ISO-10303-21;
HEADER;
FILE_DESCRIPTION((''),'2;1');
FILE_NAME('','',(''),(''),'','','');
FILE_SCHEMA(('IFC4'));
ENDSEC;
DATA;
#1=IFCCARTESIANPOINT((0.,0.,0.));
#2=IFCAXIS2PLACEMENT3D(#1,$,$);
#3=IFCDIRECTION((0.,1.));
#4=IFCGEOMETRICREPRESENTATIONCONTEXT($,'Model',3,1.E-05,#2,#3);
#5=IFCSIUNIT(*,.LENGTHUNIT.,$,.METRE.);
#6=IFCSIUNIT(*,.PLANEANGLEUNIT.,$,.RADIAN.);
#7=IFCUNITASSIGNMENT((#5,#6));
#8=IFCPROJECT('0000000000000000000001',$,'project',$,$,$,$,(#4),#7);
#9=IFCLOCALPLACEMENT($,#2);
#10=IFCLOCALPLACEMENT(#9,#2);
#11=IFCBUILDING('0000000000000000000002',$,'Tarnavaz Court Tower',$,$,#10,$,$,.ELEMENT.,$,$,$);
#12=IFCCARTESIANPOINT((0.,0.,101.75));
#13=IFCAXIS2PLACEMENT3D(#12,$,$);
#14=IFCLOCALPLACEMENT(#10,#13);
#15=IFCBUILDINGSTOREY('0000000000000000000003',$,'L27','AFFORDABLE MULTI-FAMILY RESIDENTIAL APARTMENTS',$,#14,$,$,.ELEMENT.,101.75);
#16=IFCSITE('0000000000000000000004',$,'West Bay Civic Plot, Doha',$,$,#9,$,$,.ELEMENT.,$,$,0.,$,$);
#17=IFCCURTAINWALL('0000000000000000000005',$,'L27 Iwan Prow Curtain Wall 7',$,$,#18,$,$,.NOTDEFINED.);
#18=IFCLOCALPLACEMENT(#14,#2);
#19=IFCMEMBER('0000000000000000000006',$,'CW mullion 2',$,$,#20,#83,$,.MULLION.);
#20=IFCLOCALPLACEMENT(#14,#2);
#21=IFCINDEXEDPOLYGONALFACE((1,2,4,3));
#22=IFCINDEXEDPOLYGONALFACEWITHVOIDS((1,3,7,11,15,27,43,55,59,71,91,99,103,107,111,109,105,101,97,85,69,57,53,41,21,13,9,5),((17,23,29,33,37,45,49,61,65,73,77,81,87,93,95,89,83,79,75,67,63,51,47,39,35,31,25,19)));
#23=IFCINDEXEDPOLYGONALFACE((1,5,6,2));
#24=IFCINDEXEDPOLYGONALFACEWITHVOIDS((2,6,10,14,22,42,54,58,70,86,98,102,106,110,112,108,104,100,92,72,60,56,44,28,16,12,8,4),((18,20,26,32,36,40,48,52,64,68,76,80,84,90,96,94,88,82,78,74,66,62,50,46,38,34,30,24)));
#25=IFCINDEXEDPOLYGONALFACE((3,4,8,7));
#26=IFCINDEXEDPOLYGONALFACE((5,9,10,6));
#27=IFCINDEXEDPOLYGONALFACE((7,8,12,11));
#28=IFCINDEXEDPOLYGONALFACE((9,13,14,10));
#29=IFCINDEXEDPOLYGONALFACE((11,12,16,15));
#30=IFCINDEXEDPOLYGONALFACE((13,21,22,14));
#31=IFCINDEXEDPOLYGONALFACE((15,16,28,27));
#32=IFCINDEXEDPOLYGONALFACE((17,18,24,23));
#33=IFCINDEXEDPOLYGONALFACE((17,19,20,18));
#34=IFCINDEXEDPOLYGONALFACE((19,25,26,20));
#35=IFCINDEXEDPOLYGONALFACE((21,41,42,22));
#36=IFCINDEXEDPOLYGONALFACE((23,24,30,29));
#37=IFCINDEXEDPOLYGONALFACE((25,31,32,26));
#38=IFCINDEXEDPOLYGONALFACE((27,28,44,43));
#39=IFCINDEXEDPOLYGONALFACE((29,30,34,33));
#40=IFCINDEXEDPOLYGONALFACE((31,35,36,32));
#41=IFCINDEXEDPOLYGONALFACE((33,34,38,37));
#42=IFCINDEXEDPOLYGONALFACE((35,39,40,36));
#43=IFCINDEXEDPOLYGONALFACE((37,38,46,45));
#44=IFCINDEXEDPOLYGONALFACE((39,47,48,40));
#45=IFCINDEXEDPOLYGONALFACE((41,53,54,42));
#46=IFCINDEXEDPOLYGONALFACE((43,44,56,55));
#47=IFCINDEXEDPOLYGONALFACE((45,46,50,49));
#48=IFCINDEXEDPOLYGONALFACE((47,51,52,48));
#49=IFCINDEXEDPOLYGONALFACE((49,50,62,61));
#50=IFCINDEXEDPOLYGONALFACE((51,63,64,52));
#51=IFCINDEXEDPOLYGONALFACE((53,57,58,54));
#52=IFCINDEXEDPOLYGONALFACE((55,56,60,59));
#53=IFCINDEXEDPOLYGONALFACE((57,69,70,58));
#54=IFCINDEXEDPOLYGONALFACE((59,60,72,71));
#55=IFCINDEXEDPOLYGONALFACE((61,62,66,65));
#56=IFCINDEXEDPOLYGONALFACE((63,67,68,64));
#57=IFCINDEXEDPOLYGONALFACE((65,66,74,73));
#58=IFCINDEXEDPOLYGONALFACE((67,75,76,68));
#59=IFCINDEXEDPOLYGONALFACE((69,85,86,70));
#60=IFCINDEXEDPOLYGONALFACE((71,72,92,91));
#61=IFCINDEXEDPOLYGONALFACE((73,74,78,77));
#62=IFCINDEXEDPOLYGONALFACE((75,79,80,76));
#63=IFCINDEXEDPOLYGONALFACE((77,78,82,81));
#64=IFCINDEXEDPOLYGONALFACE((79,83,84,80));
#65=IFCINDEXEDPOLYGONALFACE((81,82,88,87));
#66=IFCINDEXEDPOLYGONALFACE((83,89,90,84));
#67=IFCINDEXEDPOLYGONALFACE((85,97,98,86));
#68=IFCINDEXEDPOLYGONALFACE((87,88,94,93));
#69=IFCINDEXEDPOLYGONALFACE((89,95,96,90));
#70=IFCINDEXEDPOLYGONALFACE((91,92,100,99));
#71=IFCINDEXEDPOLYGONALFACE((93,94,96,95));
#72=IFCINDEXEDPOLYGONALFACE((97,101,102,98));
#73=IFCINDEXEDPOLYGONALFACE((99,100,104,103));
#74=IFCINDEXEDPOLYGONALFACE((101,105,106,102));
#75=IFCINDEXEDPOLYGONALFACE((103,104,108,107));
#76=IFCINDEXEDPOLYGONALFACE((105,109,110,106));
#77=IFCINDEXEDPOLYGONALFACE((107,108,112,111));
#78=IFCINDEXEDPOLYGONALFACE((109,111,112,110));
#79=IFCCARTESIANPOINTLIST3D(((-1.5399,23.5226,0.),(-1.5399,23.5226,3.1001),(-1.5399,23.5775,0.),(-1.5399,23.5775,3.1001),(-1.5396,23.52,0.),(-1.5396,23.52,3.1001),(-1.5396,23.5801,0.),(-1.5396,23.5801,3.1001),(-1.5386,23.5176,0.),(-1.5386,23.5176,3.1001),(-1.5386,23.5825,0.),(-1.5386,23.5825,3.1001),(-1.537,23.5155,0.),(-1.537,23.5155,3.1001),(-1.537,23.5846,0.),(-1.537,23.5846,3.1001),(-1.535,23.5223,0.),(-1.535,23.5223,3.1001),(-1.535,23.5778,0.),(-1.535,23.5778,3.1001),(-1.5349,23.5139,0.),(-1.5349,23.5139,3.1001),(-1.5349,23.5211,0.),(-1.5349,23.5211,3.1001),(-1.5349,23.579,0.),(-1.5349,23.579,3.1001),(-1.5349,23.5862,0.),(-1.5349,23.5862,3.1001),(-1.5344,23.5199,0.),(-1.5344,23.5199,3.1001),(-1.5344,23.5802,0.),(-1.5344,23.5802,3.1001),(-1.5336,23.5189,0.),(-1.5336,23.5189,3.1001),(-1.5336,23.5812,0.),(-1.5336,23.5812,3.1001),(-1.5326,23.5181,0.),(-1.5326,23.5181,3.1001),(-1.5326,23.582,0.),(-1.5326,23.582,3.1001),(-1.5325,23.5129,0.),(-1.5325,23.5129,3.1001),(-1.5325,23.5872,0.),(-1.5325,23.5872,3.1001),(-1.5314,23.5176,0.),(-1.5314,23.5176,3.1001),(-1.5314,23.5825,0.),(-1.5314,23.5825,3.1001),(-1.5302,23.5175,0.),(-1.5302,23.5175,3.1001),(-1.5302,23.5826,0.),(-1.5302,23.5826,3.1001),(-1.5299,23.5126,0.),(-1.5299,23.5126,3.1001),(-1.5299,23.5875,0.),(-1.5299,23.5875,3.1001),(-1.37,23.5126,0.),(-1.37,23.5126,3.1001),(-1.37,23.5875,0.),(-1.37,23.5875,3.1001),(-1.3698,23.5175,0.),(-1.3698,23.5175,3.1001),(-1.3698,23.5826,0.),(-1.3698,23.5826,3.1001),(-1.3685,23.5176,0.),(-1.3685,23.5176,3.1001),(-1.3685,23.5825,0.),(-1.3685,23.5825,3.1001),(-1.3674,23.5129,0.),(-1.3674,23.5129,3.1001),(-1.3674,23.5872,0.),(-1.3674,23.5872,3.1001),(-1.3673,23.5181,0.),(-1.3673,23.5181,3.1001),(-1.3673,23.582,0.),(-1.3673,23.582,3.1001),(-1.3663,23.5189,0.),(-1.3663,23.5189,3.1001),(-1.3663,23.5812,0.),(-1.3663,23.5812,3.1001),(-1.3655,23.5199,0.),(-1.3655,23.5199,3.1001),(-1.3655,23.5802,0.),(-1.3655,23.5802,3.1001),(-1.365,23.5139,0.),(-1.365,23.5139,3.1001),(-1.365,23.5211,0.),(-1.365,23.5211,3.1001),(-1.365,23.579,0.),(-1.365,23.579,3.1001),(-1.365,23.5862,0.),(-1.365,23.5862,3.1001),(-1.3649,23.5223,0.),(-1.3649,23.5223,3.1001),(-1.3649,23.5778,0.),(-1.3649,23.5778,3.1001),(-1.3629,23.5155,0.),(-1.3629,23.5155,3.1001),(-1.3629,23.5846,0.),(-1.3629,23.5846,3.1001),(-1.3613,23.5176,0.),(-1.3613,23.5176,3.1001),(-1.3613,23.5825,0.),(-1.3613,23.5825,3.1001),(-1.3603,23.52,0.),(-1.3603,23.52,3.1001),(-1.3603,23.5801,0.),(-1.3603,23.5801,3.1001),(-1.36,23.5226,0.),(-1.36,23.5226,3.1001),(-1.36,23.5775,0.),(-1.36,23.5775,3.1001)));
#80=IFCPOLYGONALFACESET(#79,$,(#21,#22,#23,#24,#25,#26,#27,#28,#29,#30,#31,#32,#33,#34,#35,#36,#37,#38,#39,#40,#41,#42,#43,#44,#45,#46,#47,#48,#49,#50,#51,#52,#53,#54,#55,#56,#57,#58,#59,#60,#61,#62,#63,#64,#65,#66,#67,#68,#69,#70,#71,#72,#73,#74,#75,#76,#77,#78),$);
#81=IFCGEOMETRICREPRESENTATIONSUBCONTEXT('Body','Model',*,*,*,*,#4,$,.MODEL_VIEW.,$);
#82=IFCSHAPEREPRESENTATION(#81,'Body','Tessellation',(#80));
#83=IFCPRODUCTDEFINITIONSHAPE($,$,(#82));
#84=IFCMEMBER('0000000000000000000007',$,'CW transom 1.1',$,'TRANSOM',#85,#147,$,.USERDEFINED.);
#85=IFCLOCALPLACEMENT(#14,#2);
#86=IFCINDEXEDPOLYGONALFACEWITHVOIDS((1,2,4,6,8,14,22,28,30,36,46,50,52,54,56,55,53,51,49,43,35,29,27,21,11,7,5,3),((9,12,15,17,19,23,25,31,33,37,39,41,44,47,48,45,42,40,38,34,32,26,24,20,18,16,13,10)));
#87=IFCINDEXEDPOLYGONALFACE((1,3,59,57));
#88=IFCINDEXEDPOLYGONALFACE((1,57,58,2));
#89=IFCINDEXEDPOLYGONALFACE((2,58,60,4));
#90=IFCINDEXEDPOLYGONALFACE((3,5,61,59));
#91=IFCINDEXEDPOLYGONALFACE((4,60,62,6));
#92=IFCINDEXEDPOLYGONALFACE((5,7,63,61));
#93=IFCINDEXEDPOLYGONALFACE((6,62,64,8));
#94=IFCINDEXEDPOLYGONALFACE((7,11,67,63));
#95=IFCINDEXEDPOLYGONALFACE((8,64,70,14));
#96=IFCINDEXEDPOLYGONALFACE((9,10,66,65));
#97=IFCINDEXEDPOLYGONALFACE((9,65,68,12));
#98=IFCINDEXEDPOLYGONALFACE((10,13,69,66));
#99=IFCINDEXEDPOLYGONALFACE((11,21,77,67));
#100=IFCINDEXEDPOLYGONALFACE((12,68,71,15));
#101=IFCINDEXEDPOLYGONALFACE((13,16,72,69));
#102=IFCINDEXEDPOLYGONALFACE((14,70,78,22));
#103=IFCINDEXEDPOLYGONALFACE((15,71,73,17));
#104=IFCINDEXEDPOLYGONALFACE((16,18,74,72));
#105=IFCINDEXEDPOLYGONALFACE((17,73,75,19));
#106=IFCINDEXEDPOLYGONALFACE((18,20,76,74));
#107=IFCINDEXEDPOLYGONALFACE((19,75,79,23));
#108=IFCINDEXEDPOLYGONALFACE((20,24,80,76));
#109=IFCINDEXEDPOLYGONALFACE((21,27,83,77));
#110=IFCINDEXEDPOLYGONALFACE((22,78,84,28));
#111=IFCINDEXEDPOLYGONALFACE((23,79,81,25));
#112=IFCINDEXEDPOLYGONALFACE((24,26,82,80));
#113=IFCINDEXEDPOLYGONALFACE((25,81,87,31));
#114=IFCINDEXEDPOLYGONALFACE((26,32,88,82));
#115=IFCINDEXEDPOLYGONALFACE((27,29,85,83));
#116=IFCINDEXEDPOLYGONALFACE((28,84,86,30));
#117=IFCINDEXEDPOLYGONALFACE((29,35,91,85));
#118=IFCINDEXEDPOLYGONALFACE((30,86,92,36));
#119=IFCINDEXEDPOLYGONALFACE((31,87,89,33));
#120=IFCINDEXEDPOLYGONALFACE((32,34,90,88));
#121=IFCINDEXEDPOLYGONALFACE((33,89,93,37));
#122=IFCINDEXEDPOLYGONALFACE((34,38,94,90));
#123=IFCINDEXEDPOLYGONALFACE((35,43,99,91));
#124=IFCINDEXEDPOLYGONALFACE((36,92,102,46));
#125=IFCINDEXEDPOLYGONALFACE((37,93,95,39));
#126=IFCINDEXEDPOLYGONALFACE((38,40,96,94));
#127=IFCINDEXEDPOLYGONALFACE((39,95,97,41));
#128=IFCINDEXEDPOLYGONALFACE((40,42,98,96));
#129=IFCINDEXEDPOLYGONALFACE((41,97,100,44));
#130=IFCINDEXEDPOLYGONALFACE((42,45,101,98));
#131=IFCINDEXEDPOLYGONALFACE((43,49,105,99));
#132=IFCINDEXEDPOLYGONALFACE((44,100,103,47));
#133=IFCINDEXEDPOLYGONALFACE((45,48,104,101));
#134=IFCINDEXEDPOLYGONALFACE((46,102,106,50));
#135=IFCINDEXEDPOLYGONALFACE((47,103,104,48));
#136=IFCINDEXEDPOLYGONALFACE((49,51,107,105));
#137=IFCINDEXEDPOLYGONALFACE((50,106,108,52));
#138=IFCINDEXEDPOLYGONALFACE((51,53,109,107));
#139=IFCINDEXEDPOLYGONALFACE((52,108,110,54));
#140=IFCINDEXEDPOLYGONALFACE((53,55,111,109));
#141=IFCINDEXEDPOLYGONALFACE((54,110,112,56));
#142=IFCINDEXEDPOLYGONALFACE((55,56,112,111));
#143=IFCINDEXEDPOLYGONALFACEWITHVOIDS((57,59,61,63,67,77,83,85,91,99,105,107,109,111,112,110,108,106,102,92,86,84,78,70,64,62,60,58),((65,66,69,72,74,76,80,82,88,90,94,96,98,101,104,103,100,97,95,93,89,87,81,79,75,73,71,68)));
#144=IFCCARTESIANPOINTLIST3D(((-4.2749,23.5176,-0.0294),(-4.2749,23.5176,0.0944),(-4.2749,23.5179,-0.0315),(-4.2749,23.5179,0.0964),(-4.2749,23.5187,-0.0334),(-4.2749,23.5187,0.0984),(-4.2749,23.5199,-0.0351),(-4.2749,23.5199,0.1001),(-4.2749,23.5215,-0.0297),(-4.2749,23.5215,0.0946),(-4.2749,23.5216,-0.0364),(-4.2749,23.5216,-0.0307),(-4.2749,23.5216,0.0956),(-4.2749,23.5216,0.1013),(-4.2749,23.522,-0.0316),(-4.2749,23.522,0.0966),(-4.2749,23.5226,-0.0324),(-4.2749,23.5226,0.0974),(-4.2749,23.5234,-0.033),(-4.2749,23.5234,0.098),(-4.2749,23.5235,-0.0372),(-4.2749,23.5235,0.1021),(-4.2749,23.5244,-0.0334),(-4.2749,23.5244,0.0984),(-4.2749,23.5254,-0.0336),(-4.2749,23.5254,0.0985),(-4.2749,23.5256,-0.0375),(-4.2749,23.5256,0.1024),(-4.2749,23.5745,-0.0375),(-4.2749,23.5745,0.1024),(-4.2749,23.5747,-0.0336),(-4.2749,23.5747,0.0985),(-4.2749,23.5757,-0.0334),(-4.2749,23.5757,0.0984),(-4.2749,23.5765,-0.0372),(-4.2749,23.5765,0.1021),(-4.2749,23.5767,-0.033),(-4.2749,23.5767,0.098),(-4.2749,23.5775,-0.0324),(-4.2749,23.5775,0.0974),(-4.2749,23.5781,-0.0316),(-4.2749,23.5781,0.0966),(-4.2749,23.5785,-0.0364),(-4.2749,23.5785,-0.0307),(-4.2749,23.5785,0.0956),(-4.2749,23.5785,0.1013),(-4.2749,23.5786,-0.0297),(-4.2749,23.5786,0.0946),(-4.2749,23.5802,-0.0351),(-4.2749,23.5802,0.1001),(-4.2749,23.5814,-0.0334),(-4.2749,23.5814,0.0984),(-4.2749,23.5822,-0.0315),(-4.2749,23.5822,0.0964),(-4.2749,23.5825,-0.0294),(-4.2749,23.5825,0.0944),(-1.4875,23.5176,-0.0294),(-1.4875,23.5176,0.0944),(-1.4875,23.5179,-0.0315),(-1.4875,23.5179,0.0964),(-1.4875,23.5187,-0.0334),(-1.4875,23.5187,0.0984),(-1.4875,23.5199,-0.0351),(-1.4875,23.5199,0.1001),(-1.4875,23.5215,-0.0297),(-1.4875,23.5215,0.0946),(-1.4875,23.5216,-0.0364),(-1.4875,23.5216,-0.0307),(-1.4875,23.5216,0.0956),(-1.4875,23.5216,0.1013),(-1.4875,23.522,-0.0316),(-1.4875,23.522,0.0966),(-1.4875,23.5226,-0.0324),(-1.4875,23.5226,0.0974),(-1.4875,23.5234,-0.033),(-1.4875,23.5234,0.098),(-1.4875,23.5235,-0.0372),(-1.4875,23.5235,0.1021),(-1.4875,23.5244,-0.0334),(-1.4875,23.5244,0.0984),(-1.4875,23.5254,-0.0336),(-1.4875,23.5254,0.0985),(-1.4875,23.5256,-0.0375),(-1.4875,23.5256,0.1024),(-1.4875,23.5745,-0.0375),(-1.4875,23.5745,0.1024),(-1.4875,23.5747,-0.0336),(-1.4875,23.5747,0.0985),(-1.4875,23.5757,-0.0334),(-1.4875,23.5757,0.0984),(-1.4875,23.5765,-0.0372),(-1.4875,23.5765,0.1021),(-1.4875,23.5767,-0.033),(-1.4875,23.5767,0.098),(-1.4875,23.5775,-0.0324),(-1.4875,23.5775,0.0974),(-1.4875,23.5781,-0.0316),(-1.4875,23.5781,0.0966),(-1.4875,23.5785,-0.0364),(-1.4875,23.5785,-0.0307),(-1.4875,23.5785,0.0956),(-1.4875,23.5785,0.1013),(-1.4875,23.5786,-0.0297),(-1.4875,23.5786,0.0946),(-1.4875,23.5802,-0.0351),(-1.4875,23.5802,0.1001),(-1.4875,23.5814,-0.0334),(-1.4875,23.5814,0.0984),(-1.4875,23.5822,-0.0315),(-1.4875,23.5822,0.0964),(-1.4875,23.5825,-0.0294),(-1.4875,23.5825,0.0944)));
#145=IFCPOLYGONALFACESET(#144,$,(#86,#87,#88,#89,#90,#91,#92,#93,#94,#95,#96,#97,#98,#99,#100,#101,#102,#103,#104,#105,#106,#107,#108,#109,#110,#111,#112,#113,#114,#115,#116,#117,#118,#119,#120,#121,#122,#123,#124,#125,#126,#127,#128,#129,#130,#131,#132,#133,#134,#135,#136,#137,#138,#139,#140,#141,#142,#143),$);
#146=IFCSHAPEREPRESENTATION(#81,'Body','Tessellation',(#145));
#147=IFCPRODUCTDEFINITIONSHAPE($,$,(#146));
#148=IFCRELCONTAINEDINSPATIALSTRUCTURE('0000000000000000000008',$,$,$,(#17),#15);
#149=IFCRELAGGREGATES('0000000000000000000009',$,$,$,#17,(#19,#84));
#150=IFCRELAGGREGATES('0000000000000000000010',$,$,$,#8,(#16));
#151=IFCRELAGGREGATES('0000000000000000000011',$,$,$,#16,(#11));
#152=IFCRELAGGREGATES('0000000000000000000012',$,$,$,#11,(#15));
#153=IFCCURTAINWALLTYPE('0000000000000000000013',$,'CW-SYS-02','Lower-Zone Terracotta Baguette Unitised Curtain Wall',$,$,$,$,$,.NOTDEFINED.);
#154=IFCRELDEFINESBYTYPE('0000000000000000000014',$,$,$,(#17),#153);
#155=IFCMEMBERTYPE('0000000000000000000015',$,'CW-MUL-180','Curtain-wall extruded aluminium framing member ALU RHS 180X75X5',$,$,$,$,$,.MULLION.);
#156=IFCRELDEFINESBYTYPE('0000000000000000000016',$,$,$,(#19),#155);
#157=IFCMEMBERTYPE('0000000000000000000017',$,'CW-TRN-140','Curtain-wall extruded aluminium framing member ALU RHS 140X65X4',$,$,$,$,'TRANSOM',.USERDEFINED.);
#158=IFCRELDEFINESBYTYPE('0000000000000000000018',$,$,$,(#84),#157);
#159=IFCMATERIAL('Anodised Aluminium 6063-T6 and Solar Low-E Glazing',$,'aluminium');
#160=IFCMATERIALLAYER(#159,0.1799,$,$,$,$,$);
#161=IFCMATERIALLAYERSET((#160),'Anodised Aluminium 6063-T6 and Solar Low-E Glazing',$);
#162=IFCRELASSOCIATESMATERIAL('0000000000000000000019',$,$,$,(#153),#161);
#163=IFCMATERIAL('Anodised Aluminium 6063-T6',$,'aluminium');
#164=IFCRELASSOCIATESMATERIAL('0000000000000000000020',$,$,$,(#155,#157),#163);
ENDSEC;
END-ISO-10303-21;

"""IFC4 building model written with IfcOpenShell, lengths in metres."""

from ifc_helpers import new_model, si_unit, direction, frame, origin, origin_2d, place, context, subcontext, project, spatial, hollow_rectangle, extrude, material, layer, layer_set, material_profile, profile_set, type_object, element, aggregate, save


model = new_model("IFC4")

# Units and contexts
model_context = context("Model", 3, precision=1e-05, world=origin(), true_north=direction((0.0, 1.0)))
body_context = subcontext(model_context, "Body", "Model", "MODEL_VIEW")
ifc_project = project(units=[si_unit("LENGTHUNIT", "METRE"), si_unit("PLANEANGLEUNIT", "RADIAN")], contexts=[model_context])

# Site, building, storey
site_placement = place(None, origin())
site = spatial("IfcSite", under=ifc_project, at=site_placement, Name="West Bay Civic Plot, Doha", CompositionType="ELEMENT", RefElevation=0.0)
building_placement = place(site_placement, origin())
building = spatial("IfcBuilding", under=site, at=building_placement, Name="Tarnavaz Court Tower", CompositionType="ELEMENT")
storey_placement = place(building_placement, frame((0.0, 0.0, 101.75)))
storey = spatial("IfcBuildingStorey", under=building, at=storey_placement, Name="L27", Description="AFFORDABLE MULTI-FAMILY RESIDENTIAL APARTMENTS", CompositionType="ELEMENT", Elevation=101.75)

# Curtain wall, members
ifc_material_1 = material(Name="Anodised Aluminium 6063-T6 and Solar Low-E Glazing", Category="aluminium")
ifc_layer_1 = layer(ifc_material_1, 0.1799)
ifc_layer_set_1 = layer_set([ifc_layer_1], Name="Anodised Aluminium 6063-T6 and Solar Low-E Glazing")
curtain_wall_type = type_object("IfcCurtainWallType", Name="CW-SYS-02", Description="Lower-Zone Terracotta Baguette Unitised Curtain Wall", PredefinedType="NOTDEFINED", material=ifc_layer_set_1)
curtain_wall_placement = place(storey_placement, origin())
curtain_wall = element("IfcCurtainWall", 1, at=curtain_wall_placement, inside=storey, type_object=curtain_wall_type, Name="L27 Iwan Prow Curtain Wall 7", PredefinedType="NOTDEFINED")
ifc_material_2 = material(Name="Anodised Aluminium 6063-T6", Category="aluminium")
ifc_material_profile_1 = material_profile(ifc_material_2, hollow_rectangle(XDim=0.075, YDim=0.1799, WallThickness=0.0049, InnerFilletRadius=0.0049, OuterFilletRadius=0.01, at=origin_2d()), Name="ALU RHS 180X75X5")
ifc_profile_set_1 = profile_set([ifc_material_profile_1], Name="Anodised Aluminium 6063-T6")
member_type_1 = type_object("IfcMemberType", Name="CW-MUL-180", Description="Curtain-wall extruded aluminium framing member ALU RHS 180X75X5", PredefinedType="MULLION", material=ifc_profile_set_1)
member_1_placement = place(storey_placement, frame((-1.45, 23.55, 0.0), z_axis=(0.0, 0.0, 1.0), x_axis=(0.0, 1.0, 0.0)))
member_1 = element("IfcMember", 2, at=member_1_placement, type_object=member_type_1, Name="CW mullion 2", PredefinedType="MULLION", context=body_context, shape_type="SweptSolid", body=[
    extrude(hollow_rectangle(XDim=0.075, YDim=0.1799, WallThickness=0.0049, InnerFilletRadius=0.0049, OuterFilletRadius=0.01, at=origin_2d()), origin(), (0.0, 0.0, 1.0), 3.1001),
])
ifc_material_profile_2 = material_profile(ifc_material_2, hollow_rectangle(XDim=0.0649, YDim=0.1399, WallThickness=0.0039, InnerFilletRadius=0.0039, OuterFilletRadius=0.0081, at=origin_2d()), Name="ALU RHS 140X65X4")
ifc_profile_set_2 = profile_set([ifc_material_profile_2], Name="Anodised Aluminium 6063-T6")
member_type_2 = type_object("IfcMemberType", Name="CW-TRN-140", Description="Curtain-wall extruded aluminium framing member ALU RHS 140X65X4", ElementType="TRANSOM", PredefinedType="USERDEFINED", material=ifc_profile_set_2)
member_2_placement = place(storey_placement, frame((-4.2749, 23.55, 0.0325), z_axis=(1.0, 0.0, 0.0), x_axis=(0.0, 1.0, 0.0)))
member_2 = element("IfcMember", 3, at=member_2_placement, type_object=member_type_2, Name="CW transom 1.1", ObjectType="TRANSOM", PredefinedType="USERDEFINED", context=body_context, shape_type="SweptSolid", body=[
    extrude(hollow_rectangle(XDim=0.0649, YDim=0.1399, WallThickness=0.0039, InnerFilletRadius=0.0039, OuterFilletRadius=0.0081, at=origin_2d()), origin(), (0.0, 0.0, 1.0), 2.7874),
])
aggregate(curtain_wall, [member_1, member_2])

save(model, "model.ifc")
